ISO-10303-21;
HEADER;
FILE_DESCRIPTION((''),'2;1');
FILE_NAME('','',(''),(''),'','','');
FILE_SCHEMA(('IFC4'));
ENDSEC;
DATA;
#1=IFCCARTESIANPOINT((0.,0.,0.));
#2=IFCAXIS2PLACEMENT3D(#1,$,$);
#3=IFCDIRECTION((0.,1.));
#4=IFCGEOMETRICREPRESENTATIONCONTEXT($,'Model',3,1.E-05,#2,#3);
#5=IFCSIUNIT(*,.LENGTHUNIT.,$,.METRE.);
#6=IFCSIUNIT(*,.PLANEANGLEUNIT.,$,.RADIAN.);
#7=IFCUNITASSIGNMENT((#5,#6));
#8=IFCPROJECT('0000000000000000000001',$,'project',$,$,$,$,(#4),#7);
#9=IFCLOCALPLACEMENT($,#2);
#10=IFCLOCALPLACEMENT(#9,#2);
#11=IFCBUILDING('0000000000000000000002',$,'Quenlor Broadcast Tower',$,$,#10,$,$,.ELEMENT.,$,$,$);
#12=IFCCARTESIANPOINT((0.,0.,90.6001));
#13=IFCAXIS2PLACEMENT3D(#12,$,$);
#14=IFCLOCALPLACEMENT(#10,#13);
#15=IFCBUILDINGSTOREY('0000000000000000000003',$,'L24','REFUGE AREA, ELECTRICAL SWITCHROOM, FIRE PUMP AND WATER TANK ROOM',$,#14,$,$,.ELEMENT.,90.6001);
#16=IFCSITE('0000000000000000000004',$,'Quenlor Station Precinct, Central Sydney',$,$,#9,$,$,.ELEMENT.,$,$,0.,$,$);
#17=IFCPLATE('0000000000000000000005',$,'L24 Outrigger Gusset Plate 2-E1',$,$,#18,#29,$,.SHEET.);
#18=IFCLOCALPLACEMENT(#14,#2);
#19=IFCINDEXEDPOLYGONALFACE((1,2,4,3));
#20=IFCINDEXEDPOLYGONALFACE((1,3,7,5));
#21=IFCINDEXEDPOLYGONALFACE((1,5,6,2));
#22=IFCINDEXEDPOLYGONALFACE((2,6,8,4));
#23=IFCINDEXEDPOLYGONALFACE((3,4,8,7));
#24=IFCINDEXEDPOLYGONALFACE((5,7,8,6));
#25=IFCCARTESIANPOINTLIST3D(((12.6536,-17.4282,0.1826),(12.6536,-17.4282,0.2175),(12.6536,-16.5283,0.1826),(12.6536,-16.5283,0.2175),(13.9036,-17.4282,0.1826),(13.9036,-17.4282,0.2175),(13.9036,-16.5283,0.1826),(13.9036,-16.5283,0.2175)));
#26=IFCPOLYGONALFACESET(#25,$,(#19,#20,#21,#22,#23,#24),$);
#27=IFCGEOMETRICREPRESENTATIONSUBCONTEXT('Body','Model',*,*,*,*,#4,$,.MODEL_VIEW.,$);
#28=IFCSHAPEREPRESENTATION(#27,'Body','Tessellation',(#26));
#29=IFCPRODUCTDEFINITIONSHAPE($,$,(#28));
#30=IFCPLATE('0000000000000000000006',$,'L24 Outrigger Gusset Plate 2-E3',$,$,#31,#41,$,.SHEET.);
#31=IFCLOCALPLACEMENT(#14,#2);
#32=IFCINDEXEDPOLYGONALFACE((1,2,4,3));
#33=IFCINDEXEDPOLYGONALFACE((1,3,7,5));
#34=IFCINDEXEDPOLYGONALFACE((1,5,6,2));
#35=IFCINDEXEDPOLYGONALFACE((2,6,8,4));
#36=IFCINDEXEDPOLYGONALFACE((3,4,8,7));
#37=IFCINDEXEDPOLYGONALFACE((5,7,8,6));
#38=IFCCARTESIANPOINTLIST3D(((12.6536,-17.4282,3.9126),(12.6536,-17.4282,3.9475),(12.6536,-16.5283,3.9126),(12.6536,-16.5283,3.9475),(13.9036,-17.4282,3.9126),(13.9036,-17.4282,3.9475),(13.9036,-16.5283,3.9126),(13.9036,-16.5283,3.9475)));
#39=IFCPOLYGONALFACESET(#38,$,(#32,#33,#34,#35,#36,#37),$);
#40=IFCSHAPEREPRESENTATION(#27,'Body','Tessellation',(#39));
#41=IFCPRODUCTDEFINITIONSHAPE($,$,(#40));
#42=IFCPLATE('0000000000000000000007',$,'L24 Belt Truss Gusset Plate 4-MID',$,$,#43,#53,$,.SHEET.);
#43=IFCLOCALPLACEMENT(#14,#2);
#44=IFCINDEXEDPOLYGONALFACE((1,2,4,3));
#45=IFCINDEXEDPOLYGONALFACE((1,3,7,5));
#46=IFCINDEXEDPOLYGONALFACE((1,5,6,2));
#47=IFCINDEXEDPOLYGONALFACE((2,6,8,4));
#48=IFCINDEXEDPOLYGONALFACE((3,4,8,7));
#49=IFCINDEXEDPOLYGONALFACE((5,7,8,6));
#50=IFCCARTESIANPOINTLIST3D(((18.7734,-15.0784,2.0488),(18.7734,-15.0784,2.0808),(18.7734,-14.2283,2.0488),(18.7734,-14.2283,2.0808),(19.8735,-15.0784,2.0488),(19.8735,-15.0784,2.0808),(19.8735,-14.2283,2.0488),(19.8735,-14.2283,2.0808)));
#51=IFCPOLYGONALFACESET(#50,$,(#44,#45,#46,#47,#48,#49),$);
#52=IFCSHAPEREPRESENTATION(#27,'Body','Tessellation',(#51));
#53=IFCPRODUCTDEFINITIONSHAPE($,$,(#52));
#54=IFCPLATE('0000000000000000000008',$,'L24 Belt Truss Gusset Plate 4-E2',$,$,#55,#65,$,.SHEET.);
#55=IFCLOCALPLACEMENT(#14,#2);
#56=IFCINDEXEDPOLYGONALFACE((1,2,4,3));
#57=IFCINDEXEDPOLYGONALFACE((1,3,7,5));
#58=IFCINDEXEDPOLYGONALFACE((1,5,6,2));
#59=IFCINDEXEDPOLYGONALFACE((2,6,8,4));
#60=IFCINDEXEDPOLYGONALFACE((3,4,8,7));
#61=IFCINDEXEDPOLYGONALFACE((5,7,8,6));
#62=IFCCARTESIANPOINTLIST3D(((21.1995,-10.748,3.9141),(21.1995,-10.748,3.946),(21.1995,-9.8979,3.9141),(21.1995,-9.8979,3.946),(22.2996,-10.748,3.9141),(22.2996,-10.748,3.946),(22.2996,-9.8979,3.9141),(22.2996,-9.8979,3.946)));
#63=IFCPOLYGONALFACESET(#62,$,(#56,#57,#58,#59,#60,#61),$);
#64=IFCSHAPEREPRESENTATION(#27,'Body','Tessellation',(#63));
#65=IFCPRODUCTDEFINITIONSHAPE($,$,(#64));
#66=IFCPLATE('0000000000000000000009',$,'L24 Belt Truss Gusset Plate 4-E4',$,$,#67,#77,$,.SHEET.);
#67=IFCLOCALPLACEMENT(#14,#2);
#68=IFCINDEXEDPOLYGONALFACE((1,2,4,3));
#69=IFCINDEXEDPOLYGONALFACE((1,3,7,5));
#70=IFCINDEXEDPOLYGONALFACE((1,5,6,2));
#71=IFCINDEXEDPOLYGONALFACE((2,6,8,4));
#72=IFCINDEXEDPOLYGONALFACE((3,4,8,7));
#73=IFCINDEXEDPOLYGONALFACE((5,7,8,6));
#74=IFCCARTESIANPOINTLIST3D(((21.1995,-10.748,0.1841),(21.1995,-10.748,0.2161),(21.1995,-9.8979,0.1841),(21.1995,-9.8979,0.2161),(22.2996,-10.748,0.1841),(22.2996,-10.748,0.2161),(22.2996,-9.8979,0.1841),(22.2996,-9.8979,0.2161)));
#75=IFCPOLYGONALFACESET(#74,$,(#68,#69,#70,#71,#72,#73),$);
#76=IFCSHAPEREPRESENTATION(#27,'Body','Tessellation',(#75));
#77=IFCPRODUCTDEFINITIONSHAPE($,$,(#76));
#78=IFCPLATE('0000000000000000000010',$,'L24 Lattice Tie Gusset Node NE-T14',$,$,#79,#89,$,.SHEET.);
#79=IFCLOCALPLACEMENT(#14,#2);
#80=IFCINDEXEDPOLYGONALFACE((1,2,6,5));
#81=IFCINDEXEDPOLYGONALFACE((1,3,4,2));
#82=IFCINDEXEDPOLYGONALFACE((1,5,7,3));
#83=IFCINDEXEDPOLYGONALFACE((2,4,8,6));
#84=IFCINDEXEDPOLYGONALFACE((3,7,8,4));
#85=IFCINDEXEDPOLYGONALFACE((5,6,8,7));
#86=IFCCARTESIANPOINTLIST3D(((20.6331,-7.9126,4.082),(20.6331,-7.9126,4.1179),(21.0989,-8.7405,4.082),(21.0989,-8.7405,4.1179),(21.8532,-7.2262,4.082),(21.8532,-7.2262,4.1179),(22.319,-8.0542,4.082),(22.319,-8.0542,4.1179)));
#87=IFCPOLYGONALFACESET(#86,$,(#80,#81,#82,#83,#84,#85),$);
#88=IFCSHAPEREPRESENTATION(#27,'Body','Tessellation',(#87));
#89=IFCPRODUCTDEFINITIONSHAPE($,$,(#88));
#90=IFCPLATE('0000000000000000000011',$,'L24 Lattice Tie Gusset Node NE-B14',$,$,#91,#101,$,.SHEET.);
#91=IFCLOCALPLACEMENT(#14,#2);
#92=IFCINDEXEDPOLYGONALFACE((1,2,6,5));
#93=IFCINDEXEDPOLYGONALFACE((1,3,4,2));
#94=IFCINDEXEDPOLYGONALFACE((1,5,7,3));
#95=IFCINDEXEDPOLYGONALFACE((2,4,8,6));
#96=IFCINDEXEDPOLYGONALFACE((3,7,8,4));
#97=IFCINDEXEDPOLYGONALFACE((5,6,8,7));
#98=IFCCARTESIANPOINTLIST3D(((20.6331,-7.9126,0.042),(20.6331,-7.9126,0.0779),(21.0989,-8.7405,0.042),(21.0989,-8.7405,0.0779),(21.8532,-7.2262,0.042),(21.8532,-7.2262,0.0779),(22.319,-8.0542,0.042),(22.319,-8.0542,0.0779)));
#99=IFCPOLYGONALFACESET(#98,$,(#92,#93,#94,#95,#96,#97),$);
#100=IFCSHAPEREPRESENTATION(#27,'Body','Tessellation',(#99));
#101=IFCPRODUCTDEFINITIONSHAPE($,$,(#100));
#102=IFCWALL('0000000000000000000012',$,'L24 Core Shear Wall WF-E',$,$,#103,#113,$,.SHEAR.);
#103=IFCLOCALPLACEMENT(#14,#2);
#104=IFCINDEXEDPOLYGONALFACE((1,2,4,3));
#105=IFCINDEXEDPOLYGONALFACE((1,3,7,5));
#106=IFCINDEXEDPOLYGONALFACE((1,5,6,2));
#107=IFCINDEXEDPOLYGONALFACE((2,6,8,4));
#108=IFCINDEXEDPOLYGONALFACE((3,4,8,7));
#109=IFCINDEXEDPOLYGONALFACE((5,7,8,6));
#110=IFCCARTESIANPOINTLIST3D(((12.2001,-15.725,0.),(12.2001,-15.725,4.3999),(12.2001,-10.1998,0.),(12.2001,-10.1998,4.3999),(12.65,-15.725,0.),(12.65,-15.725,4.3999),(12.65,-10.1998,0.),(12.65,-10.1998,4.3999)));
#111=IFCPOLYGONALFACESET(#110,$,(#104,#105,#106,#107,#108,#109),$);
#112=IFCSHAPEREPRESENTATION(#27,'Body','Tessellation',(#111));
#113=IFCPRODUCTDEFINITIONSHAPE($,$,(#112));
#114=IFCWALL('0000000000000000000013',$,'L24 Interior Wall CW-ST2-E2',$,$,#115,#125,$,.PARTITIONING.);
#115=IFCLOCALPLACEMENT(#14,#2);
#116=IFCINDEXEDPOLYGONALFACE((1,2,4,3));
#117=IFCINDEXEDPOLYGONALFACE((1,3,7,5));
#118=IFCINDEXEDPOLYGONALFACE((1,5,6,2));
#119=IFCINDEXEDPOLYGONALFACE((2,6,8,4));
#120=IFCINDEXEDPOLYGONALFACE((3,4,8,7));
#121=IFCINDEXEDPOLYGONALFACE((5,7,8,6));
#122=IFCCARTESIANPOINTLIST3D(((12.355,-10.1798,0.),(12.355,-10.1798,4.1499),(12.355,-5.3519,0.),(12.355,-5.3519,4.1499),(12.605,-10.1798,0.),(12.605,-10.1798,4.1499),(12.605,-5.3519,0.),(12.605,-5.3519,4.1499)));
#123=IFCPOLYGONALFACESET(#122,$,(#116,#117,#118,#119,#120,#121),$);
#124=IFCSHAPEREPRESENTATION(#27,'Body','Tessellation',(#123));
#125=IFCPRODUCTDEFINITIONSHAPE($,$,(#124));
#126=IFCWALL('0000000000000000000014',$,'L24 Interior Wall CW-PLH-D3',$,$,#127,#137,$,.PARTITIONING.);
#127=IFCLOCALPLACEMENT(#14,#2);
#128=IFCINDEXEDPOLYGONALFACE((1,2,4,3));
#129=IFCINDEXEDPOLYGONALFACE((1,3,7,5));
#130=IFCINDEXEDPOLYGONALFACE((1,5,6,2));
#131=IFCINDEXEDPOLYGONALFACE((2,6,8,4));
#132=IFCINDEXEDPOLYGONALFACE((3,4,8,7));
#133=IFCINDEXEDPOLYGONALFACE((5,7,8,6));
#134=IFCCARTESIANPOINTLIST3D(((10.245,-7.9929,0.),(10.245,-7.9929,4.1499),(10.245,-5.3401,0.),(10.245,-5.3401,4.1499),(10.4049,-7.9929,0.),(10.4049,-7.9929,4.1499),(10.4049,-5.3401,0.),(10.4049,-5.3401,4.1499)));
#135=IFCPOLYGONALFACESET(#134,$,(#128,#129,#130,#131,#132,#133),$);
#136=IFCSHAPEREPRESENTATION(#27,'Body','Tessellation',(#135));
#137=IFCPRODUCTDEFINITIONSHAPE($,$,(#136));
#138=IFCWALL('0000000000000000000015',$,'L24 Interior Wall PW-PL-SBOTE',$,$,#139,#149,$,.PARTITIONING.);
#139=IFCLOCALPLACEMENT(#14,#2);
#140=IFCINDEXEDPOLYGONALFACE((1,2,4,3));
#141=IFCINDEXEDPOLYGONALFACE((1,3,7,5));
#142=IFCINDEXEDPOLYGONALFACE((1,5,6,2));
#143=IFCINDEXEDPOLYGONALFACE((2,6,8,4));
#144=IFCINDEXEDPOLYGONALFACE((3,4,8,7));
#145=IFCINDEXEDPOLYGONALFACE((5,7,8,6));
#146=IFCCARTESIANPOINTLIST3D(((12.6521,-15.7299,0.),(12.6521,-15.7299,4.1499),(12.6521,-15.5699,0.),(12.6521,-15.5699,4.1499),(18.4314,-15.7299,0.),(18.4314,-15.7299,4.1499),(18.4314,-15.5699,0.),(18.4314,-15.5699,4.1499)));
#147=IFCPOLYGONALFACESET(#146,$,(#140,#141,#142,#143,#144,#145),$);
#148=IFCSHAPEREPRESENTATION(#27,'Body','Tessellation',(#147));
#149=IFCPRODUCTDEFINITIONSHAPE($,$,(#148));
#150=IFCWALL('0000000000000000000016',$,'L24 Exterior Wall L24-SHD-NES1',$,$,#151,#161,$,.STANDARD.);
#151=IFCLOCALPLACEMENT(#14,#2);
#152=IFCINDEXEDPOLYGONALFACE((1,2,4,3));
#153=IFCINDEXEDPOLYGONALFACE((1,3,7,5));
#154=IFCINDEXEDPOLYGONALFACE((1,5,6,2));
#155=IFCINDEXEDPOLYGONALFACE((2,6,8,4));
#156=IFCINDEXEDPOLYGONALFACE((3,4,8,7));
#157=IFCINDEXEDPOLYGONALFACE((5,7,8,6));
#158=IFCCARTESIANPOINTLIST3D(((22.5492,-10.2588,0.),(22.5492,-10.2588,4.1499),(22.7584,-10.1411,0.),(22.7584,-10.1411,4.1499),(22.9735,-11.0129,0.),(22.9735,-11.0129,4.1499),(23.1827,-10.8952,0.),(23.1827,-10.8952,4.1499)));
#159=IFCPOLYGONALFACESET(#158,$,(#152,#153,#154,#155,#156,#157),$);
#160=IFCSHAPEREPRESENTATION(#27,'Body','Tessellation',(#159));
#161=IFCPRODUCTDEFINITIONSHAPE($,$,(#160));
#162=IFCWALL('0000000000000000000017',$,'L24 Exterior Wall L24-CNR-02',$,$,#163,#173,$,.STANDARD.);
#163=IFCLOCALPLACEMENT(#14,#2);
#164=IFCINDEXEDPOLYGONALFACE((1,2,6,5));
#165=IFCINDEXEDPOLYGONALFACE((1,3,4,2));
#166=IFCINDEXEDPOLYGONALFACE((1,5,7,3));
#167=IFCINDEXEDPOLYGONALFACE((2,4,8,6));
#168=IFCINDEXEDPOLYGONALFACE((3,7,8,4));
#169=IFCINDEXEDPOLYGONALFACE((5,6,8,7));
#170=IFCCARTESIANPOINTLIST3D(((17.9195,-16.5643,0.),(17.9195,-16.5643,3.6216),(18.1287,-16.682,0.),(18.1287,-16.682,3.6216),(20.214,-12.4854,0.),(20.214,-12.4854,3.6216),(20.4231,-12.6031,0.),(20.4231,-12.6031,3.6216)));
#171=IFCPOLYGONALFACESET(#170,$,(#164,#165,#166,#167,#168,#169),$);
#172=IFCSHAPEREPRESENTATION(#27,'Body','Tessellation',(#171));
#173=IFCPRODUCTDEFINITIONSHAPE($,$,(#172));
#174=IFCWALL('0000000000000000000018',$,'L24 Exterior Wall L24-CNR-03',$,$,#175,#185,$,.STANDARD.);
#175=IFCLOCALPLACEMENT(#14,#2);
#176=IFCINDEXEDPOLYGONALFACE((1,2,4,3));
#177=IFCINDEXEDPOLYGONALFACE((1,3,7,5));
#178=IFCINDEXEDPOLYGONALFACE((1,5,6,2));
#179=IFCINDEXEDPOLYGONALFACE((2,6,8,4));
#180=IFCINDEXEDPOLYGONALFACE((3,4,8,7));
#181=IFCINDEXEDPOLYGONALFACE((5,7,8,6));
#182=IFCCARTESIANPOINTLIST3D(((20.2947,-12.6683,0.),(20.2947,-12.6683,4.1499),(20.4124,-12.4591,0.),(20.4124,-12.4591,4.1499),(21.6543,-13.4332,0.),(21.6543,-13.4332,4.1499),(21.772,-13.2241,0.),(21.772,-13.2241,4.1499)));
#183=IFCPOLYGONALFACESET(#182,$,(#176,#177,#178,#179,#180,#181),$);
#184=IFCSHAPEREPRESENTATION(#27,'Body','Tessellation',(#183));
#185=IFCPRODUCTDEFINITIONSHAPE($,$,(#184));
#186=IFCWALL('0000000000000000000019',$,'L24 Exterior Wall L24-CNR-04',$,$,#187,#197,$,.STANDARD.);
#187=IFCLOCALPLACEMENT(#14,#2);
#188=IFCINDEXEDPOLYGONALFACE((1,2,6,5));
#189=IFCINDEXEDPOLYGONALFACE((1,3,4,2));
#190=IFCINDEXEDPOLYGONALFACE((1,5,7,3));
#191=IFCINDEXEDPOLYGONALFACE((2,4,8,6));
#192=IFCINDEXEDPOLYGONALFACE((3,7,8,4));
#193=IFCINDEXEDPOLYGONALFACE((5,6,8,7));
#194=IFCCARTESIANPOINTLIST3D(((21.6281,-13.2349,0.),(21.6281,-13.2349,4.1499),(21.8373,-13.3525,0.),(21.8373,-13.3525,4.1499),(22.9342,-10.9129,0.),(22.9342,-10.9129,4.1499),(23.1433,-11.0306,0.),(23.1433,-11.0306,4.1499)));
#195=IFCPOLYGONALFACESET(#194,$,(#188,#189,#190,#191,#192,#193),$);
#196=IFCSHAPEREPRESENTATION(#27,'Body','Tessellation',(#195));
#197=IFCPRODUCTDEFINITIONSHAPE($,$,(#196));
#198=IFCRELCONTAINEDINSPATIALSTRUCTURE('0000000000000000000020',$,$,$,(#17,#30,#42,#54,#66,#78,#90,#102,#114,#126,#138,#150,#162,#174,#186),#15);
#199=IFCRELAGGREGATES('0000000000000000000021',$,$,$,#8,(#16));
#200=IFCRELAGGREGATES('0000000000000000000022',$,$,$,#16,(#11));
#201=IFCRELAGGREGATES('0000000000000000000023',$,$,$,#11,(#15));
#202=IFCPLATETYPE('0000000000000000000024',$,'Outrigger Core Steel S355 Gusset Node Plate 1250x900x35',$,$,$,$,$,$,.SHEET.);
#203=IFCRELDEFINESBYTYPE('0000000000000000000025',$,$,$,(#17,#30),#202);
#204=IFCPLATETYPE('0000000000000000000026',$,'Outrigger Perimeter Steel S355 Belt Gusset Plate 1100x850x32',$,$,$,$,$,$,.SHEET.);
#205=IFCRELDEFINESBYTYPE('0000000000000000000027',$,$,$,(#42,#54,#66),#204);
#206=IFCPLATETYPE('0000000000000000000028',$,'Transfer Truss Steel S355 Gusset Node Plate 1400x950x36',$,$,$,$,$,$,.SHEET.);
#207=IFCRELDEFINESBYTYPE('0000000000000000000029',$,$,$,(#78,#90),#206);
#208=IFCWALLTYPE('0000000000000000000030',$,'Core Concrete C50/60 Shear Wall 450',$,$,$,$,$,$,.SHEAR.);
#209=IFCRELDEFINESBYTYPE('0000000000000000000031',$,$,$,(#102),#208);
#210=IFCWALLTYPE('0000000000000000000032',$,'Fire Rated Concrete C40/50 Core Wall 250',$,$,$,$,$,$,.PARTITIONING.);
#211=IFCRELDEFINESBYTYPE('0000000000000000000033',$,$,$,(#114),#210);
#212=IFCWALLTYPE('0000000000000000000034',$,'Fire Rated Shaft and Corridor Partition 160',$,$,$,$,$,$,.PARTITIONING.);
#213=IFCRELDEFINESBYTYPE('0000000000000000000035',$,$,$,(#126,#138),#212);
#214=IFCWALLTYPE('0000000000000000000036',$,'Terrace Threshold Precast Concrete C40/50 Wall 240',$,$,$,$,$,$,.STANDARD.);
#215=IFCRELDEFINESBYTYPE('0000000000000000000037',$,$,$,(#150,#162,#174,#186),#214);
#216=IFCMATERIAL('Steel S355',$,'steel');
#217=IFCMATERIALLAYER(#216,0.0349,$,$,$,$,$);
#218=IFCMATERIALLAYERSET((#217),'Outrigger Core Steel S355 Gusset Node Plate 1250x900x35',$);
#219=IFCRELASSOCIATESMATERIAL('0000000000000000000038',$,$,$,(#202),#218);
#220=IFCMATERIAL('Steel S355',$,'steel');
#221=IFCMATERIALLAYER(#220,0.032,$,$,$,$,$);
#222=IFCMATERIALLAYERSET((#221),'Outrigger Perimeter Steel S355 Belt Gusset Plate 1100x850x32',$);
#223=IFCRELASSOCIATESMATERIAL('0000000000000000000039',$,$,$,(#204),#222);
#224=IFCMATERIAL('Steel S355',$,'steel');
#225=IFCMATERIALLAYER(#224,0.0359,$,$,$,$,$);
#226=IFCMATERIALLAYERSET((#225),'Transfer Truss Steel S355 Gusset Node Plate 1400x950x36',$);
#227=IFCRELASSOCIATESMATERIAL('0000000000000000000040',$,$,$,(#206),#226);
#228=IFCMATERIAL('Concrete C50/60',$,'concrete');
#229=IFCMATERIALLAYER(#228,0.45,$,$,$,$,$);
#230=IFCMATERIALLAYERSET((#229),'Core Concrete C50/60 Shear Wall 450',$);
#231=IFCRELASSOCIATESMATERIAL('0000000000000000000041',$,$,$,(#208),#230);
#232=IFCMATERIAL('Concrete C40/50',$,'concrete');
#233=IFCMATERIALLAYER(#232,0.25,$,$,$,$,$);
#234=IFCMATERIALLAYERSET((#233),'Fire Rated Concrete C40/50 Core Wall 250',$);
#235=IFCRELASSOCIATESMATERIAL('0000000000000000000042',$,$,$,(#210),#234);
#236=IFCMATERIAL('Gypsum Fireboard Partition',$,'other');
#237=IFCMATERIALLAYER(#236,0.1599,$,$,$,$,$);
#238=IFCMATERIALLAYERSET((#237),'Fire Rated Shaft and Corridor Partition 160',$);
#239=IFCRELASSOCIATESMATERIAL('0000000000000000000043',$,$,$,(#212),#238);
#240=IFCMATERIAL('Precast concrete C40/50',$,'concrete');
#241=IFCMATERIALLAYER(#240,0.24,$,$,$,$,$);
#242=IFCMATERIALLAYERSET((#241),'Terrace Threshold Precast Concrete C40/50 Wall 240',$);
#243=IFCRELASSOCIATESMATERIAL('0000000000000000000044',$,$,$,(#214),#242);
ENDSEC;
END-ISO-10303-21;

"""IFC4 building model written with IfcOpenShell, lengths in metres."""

from ifc_helpers import new_model, si_unit, direction, frame, frame_2d, origin, origin_2d, place, context, subcontext, project, spatial, rectangle, extrude, material, layer, layer_set, type_object, element, save


model = new_model("IFC4")

# Units and contexts
model_context = context("Model", 3, precision=1e-05, world=origin(), true_north=direction((0.0, 1.0)))
body_context = subcontext(model_context, "Body", "Model", "MODEL_VIEW")
ifc_project = project(units=[si_unit("LENGTHUNIT", "METRE"), si_unit("PLANEANGLEUNIT", "RADIAN")], contexts=[model_context])

# Site, building, storey
site_placement = place(None, origin())
site = spatial("IfcSite", under=ifc_project, at=site_placement, Name="Quenlor Station Precinct, Central Sydney", CompositionType="ELEMENT", RefElevation=0.0)
building_placement = place(site_placement, origin())
building = spatial("IfcBuilding", under=site, at=building_placement, Name="Quenlor Broadcast Tower", CompositionType="ELEMENT")
storey_placement = place(building_placement, frame((0.0, 0.0, 90.6001)))
storey = spatial("IfcBuildingStorey", under=building, at=storey_placement, Name="L24", Description="REFUGE AREA, ELECTRICAL SWITCHROOM, FIRE PUMP AND WATER TANK ROOM", CompositionType="ELEMENT", Elevation=90.6001)

# Plates
ifc_material_1 = material(Name="Steel S355", Category="steel")
ifc_layer_1 = layer(ifc_material_1, 0.0349)
ifc_layer_set_1 = layer_set([ifc_layer_1], Name="Outrigger Core Steel S355 Gusset Node Plate 1250x900x35")
plate_type_1 = type_object("IfcPlateType", Name="Outrigger Core Steel S355 Gusset Node Plate 1250x900x35", PredefinedType="SHEET", material=ifc_layer_set_1)
for number, where, z_axis, x_axis, name in (
    (1, (13.2786, -16.9783, 0.1826), (0.0, 0.0, 1.0), (1.0, 0.0, 0.0), "L24 Outrigger Gusset Plate 2-E1"),
    (2, (13.2786, -16.9783, 3.9126), (0.0, 0.0, 1.0), (1.0, 0.0, 0.0), "L24 Outrigger Gusset Plate 2-E3"),
):
    element("IfcPlate", number, at=place(storey_placement, frame(where, z_axis=z_axis, x_axis=x_axis)), inside=storey, type_object=plate_type_1, Name=name, PredefinedType="SHEET", context=body_context, shape_type="SweptSolid", body=[
        extrude(rectangle(XDim=1.25, YDim=0.8999, at=origin_2d()), origin(), (0.0, 0.0, 1.0), 0.0349),
    ])
ifc_material_2 = material(Name="Steel S355", Category="steel")
ifc_layer_2 = layer(ifc_material_2, 0.032)
ifc_layer_set_2 = layer_set([ifc_layer_2], Name="Outrigger Perimeter Steel S355 Belt Gusset Plate 1100x850x32")
plate_type_2 = type_object("IfcPlateType", Name="Outrigger Perimeter Steel S355 Belt Gusset Plate 1100x850x32", PredefinedType="SHEET", material=ifc_layer_set_2)
for number, where, z_axis, x_axis, name in (
    (3, (19.3235, -14.6533, 2.0488), (0.0, 0.0, 1.0), (1.0, 0.0, 0.0), "L24 Belt Truss Gusset Plate 4-MID"),
    (4, (21.7495, -10.323, 3.9141), (0.0, 0.0, 1.0), (1.0, 0.0, 0.0), "L24 Belt Truss Gusset Plate 4-E2"),
    (5, (21.7495, -10.323, 0.1841), (0.0, 0.0, 1.0), (1.0, 0.0, 0.0), "L24 Belt Truss Gusset Plate 4-E4"),
):
    element("IfcPlate", number, at=place(storey_placement, frame(where, z_axis=z_axis, x_axis=x_axis)), inside=storey, type_object=plate_type_2, Name=name, PredefinedType="SHEET", context=body_context, shape_type="SweptSolid", body=[
        extrude(rectangle(XDim=1.1001, YDim=0.8501, at=origin_2d()), origin(), (0.0, 0.0, 1.0), 0.032),
    ])
ifc_material_3 = material(Name="Steel S355", Category="steel")
ifc_layer_3 = layer(ifc_material_3, 0.0359)
ifc_layer_set_3 = layer_set([ifc_layer_3], Name="Transfer Truss Steel S355 Gusset Node Plate 1400x950x36")
plate_type_3 = type_object("IfcPlateType", Name="Transfer Truss Steel S355 Gusset Node Plate 1400x950x36", PredefinedType="SHEET", material=ifc_layer_set_3)
for number, where, z_axis, x_axis, name in (
    (6, (21.4761, -7.9834, 4.082), (0.0, 0.0, 1.0), (0.871556, 0.490295, 0.0), "L24 Lattice Tie Gusset Node NE-T14"),
    (7, (21.4761, -7.9834, 0.042), (0.0, 0.0, 1.0), (0.871556, 0.490295, 0.0), "L24 Lattice Tie Gusset Node NE-B14"),
):
    element("IfcPlate", number, at=place(storey_placement, frame(where, z_axis=z_axis, x_axis=x_axis)), inside=storey, type_object=plate_type_3, Name=name, PredefinedType="SHEET", context=body_context, shape_type="SweptSolid", body=[
        extrude(rectangle(XDim=1.3999, YDim=0.95, at=origin_2d()), origin(), (0.0, 0.0, 1.0), 0.0359),
    ])

# Walls
ifc_material_4 = material(Name="Concrete C50/60", Category="concrete")
ifc_layer_4 = layer(ifc_material_4, 0.45)
ifc_layer_set_4 = layer_set([ifc_layer_4], Name="Core Concrete C50/60 Shear Wall 450")
wall_type_1 = type_object("IfcWallType", Name="Core Concrete C50/60 Shear Wall 450", PredefinedType="SHEAR", material=ifc_layer_set_4)
wall_1_placement = place(storey_placement, frame((12.425, -15.7251, 0.0), z_axis=(0.0, 0.0, 1.0), x_axis=(0.0, 1.0, 0.0)))
element("IfcWall", 8, at=wall_1_placement, inside=storey, type_object=wall_type_1, Name="L24 Core Shear Wall WF-E", PredefinedType="SHEAR", context=body_context, shape_type="SweptSolid", body=[
    extrude(rectangle(XDim=5.5251, YDim=0.45, at=frame_2d((2.7627, 0.0))), origin(), (0.0, 0.0, 1.0), 4.3999),
])
ifc_material_5 = material(Name="Concrete C40/50", Category="concrete")
ifc_layer_5 = layer(ifc_material_5, 0.25)
ifc_layer_set_5 = layer_set([ifc_layer_5], Name="Fire Rated Concrete C40/50 Core Wall 250")
wall_type_2 = type_object("IfcWallType", Name="Fire Rated Concrete C40/50 Core Wall 250", PredefinedType="PARTITIONING", material=ifc_layer_set_5)
wall_2_placement = place(storey_placement, frame((12.48, -10.1799, 0.0), z_axis=(0.0, 0.0, 1.0), x_axis=(0.0, 1.0, 0.0)))
element("IfcWall", 9, at=wall_2_placement, inside=storey, type_object=wall_type_2, Name="L24 Interior Wall CW-ST2-E2", PredefinedType="PARTITIONING", context=body_context, shape_type="SweptSolid", body=[
    extrude(rectangle(XDim=4.8279, YDim=0.25, at=frame_2d((2.4141, 0.0))), origin(), (0.0, 0.0, 1.0), 4.1499),
])
ifc_material_6 = material(Name="Gypsum Fireboard Partition", Category="other")
ifc_layer_6 = layer(ifc_material_6, 0.1599)
ifc_layer_set_6 = layer_set([ifc_layer_6], Name="Fire Rated Shaft and Corridor Partition 160")
wall_type_3 = type_object("IfcWallType", Name="Fire Rated Shaft and Corridor Partition 160", PredefinedType="PARTITIONING", material=ifc_layer_set_6)
wall_3_placement = place(storey_placement, frame((10.325, -7.9929, 0.0), z_axis=(0.0, 0.0, 1.0), x_axis=(0.0, 1.0, 0.0)))
element("IfcWall", 10, at=wall_3_placement, inside=storey, type_object=wall_type_3, Name="L24 Interior Wall CW-PLH-D3", PredefinedType="PARTITIONING", context=body_context, shape_type="SweptSolid", body=[
    extrude(rectangle(XDim=2.6528, YDim=0.1599, at=frame_2d((1.3264, 0.0))), origin(), (0.0, 0.0, 1.0), 4.1499),
])
wall_4_placement = place(storey_placement, frame((12.6521, -15.6499, 0.0), z_axis=(0.0, 0.0, 1.0), x_axis=(1.0, 0.0, 0.0)))
element("IfcWall", 11, at=wall_4_placement, inside=storey, type_object=wall_type_3, Name="L24 Interior Wall PW-PL-SBOTE", PredefinedType="PARTITIONING", context=body_context, shape_type="SweptSolid", body=[
    extrude(rectangle(XDim=5.7793, YDim=0.1599, at=frame_2d((2.8896, 0.0))), origin(), (0.0, 0.0, 1.0), 4.1499),
])
ifc_material_7 = material(Name="Precast concrete C40/50", Category="concrete")
ifc_layer_7 = layer(ifc_material_7, 0.24)
ifc_layer_set_7 = layer_set([ifc_layer_7], Name="Terrace Threshold Precast Concrete C40/50 Wall 240")
wall_type_4 = type_object("IfcWallType", Name="Terrace Threshold Precast Concrete C40/50 Wall 240", PredefinedType="STANDARD", material=ifc_layer_set_7)
wall_5_placement = place(storey_placement, frame((22.6538, -10.2, 0.0), z_axis=(0.0, 0.0, 1.0), x_axis=(0.490355, -0.871523, 0.0)))
element("IfcWall", 12, at=wall_5_placement, inside=storey, type_object=wall_type_4, Name="L24 Exterior Wall L24-SHD-NES1", PredefinedType="STANDARD", context=body_context, shape_type="SweptSolid", body=[
    extrude(rectangle(XDim=0.8652, YDim=0.24, at=frame_2d((0.4326, 0.0))), origin(), (0.0, 0.0, 1.0), 4.1499),
])
wall_6_placement = place(storey_placement, frame((18.0242, -16.623, 0.0), z_axis=(0.0, 0.0, 1.0), x_axis=(0.490274, 0.871569, 0.0)))
element("IfcWall", 13, at=wall_6_placement, inside=storey, type_object=wall_type_4, Name="L24 Exterior Wall L24-CNR-02", PredefinedType="STANDARD", context=body_context, shape_type="SweptSolid", body=[
    extrude(rectangle(XDim=4.6799, YDim=0.24, at=frame_2d((2.3398, 0.0))), origin(), (0.0, 0.0, 1.0), 3.6216),
])
wall_7_placement = place(storey_placement, frame((20.3535, -12.5637, 0.0), z_axis=(0.0, 0.0, 1.0), x_axis=(0.871546, -0.490313, 0.0)))
element("IfcWall", 14, at=wall_7_placement, inside=storey, type_object=wall_type_4, Name="L24 Exterior Wall L24-CNR-03", PredefinedType="STANDARD", context=body_context, shape_type="SweptSolid", body=[
    extrude(rectangle(XDim=1.5601, YDim=0.24, at=frame_2d((0.78, 0.0))), origin(), (0.0, 0.0, 1.0), 4.1499),
])
wall_8_placement = place(storey_placement, frame((21.7327, -13.2937, 0.0), z_axis=(0.0, 0.0, 1.0), x_axis=(0.490266, 0.871573, 0.0)))
element("IfcWall", 15, at=wall_8_placement, inside=storey, type_object=wall_type_4, Name="L24 Exterior Wall L24-CNR-04", PredefinedType="STANDARD", context=body_context, shape_type="SweptSolid", body=[
    extrude(rectangle(XDim=2.6641, YDim=0.24, at=frame_2d((1.332, 0.0))), origin(), (0.0, 0.0, 1.0), 4.1499),
])

save(model, "model.ifc")
